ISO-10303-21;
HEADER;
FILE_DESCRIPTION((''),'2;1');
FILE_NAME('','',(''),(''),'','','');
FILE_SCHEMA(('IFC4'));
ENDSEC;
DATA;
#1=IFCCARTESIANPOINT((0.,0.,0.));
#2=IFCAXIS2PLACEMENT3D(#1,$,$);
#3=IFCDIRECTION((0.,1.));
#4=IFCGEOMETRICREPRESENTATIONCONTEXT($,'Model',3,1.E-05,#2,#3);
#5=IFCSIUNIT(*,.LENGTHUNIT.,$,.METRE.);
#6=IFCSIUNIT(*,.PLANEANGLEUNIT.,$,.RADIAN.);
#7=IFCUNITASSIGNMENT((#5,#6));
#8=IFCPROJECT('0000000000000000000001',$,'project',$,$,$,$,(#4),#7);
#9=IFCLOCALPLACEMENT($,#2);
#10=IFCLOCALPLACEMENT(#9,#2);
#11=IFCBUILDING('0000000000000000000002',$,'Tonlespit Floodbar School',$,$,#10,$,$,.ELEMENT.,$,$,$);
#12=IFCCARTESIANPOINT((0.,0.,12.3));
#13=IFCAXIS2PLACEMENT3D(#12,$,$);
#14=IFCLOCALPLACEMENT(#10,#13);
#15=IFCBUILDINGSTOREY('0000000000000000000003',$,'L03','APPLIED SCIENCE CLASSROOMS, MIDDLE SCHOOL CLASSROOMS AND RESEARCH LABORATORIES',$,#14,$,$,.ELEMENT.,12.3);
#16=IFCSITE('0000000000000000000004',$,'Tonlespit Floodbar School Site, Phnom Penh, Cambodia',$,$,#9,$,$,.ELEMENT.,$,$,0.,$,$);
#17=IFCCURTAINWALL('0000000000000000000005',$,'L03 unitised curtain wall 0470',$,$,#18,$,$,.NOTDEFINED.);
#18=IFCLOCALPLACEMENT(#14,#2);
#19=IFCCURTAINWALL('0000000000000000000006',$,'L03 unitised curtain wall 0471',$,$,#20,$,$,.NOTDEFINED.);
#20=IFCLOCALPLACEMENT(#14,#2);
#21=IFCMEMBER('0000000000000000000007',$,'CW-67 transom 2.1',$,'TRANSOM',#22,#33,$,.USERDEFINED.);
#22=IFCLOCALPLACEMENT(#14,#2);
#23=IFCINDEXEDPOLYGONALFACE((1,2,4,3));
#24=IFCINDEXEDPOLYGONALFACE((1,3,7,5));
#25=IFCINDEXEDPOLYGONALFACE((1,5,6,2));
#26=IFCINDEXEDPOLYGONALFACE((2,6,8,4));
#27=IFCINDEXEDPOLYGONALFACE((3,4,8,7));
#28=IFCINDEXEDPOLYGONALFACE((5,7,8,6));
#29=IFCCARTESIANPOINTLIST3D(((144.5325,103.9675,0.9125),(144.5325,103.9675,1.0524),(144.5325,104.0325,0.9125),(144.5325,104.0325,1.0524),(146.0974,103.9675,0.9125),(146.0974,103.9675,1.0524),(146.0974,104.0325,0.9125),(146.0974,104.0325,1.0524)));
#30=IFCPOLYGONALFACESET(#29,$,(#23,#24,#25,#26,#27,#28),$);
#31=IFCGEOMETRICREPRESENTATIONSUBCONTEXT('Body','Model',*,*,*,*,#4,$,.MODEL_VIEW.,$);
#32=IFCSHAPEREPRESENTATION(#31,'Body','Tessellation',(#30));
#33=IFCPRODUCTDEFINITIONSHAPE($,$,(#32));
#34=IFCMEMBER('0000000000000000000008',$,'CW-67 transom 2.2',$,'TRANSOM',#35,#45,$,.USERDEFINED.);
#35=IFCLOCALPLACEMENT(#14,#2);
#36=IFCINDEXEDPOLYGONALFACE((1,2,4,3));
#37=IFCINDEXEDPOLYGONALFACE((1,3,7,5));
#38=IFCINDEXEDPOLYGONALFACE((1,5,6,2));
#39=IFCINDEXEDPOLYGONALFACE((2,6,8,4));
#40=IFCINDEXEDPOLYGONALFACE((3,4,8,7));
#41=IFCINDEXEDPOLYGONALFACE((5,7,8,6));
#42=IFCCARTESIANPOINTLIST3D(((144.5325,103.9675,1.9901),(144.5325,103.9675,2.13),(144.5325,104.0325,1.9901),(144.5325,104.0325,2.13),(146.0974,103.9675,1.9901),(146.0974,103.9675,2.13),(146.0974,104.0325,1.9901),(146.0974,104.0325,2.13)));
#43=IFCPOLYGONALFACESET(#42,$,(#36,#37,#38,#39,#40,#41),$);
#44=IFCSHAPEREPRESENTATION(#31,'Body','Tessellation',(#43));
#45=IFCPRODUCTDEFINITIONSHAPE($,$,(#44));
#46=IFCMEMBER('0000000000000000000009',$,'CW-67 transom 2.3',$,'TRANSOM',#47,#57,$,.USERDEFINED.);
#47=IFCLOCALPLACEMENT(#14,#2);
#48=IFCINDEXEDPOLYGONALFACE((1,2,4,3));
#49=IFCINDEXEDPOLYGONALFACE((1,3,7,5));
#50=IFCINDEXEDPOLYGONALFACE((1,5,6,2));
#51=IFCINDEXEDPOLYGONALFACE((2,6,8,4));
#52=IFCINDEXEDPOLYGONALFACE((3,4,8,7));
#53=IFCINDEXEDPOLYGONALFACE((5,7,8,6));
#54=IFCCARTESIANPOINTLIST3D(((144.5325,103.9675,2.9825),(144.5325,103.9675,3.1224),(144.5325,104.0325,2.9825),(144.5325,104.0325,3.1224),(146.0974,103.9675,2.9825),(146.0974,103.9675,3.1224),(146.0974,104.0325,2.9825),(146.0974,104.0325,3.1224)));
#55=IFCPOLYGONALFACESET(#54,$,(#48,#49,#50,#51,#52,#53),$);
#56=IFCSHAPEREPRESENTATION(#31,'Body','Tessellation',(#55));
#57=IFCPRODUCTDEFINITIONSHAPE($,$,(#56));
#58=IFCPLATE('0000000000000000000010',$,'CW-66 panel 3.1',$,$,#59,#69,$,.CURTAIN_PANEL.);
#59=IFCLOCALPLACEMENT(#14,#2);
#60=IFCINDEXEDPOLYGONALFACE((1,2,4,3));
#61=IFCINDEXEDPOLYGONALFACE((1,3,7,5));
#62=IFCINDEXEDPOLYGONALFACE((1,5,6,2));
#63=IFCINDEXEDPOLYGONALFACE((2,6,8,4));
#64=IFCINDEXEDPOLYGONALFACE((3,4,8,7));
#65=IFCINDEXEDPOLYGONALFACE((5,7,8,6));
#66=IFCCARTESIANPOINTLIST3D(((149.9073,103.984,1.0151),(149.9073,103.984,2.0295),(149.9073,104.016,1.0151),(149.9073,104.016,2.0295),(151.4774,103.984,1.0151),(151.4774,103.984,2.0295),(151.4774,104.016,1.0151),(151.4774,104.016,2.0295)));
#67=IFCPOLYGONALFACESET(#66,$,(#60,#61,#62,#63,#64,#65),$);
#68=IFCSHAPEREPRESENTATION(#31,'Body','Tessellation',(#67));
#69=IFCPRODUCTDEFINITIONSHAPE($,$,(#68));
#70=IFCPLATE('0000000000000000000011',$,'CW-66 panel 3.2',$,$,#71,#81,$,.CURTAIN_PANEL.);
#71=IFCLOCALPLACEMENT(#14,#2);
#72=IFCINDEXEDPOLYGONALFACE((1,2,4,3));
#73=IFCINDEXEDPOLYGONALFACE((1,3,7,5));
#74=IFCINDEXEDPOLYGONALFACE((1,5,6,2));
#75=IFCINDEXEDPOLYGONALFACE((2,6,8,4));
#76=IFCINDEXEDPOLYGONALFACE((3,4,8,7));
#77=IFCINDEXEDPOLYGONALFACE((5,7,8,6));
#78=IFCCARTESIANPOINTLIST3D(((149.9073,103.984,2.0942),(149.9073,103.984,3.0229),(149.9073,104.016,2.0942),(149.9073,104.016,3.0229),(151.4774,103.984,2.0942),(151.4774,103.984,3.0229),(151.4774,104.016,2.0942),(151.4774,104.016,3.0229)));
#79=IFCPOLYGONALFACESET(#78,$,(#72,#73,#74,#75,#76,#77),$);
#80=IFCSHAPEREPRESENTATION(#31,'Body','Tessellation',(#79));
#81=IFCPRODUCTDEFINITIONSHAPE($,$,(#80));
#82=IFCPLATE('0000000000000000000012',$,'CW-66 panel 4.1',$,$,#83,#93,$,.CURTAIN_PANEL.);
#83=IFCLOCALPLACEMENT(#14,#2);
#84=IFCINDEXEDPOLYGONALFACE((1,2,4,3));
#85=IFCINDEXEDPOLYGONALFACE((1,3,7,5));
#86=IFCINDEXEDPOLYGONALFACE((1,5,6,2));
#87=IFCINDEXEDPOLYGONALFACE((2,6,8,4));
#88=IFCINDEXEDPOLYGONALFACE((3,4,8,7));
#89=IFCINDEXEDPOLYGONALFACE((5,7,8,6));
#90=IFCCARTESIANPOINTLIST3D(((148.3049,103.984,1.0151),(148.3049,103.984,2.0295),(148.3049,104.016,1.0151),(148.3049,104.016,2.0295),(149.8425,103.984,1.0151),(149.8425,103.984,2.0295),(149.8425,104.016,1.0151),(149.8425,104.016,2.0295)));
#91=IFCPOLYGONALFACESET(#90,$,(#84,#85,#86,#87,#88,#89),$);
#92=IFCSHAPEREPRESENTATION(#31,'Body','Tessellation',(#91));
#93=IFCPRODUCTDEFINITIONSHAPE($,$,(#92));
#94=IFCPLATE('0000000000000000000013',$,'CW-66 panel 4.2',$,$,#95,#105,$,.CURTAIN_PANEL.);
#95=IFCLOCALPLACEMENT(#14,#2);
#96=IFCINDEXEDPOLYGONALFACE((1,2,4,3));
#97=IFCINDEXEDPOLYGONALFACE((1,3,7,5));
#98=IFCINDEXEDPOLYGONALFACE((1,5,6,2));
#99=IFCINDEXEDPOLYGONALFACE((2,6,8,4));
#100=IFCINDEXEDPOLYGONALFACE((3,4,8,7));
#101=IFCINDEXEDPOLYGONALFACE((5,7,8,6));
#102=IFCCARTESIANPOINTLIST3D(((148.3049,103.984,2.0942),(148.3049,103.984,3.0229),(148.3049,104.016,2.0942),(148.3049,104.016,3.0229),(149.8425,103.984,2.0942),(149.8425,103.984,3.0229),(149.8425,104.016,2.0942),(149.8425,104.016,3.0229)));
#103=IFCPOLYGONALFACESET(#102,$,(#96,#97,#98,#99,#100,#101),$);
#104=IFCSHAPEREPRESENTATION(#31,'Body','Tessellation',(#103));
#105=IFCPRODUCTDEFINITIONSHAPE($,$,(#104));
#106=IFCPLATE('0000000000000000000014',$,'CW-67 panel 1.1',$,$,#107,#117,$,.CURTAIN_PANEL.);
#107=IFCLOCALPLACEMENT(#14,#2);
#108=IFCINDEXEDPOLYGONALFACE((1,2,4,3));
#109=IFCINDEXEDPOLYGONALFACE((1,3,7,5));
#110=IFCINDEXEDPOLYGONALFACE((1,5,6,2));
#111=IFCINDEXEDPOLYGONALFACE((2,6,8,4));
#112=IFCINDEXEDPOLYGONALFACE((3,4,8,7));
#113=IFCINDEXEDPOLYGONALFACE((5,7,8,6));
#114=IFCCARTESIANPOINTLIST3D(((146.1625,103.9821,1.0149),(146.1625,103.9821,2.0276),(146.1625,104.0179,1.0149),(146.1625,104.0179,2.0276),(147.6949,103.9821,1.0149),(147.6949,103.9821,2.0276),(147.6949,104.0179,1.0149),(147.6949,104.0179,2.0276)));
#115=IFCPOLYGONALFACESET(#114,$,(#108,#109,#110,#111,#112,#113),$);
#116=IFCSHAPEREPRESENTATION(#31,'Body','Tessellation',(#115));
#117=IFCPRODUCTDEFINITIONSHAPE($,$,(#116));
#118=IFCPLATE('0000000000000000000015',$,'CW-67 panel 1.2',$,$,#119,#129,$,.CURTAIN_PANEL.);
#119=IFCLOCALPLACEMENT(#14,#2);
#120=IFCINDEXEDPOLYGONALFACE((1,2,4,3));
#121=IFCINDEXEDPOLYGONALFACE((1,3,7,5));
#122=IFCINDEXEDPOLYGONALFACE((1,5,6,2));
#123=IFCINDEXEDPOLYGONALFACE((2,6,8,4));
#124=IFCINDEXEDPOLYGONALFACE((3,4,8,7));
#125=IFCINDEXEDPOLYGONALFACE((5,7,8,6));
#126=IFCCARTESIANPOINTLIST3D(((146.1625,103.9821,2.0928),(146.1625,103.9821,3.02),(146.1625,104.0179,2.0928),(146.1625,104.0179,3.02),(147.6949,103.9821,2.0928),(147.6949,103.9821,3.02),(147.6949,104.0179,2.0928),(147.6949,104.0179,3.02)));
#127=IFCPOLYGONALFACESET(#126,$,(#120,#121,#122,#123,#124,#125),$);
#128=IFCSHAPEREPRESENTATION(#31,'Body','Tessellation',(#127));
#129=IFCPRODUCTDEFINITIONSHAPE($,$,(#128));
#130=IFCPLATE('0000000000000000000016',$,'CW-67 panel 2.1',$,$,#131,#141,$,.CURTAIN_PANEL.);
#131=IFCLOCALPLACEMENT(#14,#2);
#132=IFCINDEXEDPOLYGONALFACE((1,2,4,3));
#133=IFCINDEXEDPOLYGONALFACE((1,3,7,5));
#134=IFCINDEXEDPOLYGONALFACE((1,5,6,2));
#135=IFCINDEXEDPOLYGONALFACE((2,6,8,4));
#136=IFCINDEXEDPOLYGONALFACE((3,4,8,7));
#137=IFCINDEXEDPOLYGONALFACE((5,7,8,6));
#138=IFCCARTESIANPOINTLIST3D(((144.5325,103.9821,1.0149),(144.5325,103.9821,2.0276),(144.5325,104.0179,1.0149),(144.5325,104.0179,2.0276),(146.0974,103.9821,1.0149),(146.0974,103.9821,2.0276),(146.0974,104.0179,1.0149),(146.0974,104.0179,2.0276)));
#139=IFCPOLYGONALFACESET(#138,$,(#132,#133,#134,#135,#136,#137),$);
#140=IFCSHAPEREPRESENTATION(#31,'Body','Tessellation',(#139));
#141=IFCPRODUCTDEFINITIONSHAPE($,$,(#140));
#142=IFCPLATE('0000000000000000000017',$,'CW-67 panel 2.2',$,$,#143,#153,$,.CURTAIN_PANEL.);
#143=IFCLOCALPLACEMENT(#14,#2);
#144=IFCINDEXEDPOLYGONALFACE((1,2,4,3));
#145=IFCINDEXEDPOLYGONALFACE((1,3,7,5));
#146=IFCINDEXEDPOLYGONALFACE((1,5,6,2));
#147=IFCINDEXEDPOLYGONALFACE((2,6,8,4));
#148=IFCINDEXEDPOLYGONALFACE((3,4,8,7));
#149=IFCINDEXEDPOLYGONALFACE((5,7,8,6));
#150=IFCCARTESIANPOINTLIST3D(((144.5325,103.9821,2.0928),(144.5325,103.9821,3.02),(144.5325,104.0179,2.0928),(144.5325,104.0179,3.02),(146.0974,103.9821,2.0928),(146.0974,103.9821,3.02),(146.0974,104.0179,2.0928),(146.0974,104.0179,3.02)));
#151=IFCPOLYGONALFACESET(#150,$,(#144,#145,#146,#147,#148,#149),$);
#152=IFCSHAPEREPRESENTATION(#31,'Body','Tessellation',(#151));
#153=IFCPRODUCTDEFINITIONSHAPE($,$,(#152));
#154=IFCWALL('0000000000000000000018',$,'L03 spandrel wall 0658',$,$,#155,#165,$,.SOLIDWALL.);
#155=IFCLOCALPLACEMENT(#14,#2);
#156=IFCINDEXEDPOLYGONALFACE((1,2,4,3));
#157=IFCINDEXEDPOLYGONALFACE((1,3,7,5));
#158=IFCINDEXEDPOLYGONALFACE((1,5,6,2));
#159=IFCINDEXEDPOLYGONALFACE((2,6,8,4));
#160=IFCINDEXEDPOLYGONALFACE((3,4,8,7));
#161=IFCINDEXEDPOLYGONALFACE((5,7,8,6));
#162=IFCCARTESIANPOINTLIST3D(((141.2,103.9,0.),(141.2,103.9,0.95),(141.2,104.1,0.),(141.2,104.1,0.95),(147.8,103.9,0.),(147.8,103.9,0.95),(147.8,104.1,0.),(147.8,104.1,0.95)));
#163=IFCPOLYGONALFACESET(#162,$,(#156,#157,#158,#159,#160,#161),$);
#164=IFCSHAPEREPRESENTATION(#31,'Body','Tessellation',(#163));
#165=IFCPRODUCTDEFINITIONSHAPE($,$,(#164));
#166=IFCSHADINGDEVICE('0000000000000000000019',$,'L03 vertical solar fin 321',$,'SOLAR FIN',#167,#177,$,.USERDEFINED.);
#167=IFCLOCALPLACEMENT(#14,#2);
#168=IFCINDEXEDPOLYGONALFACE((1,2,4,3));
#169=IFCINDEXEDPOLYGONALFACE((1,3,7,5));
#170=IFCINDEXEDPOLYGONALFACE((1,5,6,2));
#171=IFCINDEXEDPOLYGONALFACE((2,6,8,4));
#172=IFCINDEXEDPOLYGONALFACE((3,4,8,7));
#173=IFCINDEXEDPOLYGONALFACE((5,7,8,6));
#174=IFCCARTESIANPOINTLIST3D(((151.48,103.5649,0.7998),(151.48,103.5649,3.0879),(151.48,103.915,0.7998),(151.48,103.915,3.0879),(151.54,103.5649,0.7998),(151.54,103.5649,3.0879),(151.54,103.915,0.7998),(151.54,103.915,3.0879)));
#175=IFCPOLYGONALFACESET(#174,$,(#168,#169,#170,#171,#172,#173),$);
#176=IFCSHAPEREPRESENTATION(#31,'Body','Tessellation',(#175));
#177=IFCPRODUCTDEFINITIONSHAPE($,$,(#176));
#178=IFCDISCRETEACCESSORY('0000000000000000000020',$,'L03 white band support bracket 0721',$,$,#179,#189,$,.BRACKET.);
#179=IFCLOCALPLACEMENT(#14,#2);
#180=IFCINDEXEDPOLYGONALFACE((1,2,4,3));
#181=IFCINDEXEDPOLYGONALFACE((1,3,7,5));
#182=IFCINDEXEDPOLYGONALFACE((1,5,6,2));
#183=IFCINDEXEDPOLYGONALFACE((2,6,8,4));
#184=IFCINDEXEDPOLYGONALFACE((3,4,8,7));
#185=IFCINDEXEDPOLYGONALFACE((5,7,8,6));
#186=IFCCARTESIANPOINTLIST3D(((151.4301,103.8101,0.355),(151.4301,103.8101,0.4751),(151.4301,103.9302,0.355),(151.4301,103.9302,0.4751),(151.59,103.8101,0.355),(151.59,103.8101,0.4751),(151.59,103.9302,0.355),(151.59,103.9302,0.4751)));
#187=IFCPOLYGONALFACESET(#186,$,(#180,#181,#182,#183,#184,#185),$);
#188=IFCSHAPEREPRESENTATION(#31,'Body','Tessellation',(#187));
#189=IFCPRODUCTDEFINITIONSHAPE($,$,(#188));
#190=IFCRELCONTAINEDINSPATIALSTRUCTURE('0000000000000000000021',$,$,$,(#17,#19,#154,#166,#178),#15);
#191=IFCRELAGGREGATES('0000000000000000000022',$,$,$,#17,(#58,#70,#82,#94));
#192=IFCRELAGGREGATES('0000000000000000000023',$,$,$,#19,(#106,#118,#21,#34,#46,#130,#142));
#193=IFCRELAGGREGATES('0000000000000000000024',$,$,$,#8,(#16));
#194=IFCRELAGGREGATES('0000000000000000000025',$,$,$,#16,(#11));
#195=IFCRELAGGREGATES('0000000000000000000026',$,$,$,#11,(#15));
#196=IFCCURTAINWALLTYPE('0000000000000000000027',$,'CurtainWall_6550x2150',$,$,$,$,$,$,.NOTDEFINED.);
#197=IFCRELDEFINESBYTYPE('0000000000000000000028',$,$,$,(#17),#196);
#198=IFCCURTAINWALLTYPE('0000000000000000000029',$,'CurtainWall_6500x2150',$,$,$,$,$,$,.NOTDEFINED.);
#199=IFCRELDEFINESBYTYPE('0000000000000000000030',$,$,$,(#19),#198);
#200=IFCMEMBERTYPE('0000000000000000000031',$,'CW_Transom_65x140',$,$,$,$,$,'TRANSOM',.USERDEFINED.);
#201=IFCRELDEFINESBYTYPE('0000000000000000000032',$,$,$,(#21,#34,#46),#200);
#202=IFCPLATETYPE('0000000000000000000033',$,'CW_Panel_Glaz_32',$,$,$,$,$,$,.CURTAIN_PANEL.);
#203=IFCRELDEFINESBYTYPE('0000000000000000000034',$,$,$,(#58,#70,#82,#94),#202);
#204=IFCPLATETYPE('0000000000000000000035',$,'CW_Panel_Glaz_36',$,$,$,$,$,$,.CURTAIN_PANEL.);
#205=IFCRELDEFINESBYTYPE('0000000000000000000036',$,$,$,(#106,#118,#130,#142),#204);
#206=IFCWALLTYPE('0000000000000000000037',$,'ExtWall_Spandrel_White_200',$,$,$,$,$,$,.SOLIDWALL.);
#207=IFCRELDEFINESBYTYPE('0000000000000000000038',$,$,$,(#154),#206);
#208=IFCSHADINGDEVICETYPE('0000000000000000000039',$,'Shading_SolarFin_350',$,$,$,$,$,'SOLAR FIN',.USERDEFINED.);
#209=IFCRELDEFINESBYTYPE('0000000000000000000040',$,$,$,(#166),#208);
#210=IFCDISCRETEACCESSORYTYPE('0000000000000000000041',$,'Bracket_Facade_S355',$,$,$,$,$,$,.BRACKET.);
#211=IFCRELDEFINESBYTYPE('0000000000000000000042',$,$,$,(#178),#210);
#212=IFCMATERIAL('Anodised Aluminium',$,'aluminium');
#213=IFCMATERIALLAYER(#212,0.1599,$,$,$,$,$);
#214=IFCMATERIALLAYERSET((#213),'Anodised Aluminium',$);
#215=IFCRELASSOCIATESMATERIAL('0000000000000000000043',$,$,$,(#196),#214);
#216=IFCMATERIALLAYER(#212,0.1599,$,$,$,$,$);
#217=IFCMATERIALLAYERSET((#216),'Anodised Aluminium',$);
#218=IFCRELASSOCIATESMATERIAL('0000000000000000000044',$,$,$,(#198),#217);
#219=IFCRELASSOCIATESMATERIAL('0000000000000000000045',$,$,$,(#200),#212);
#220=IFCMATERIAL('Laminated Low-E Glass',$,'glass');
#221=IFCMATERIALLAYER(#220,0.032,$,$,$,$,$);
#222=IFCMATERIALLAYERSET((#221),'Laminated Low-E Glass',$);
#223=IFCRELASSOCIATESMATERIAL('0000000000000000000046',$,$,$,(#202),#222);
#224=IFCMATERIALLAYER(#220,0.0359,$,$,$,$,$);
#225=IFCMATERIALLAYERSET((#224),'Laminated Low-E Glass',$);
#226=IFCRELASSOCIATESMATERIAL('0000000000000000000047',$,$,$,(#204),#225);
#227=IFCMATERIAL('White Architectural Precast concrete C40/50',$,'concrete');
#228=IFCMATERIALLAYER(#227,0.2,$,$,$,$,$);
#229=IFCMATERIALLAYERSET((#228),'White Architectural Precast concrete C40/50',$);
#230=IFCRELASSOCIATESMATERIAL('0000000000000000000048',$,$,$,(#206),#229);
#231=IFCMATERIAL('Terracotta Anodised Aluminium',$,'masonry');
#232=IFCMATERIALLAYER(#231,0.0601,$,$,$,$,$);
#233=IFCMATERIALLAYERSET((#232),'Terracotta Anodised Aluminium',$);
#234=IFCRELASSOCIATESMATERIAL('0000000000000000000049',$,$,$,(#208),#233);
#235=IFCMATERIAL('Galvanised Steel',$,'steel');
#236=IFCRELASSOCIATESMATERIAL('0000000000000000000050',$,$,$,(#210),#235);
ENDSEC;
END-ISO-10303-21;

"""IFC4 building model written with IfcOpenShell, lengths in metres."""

from ifc_helpers import new_model, si_unit, direction, frame, frame_2d, origin, origin_2d, place, context, subcontext, project, spatial, rectangle, extrude, material, layer, layer_set, material_profile, profile_set, type_object, element, aggregate, save


model = new_model("IFC4")

# Units and contexts
model_context = context("Model", 3, precision=1e-05, world=origin(), true_north=direction((0.0, 1.0)))
body_context = subcontext(model_context, "Body", "Model", "MODEL_VIEW")
ifc_project = project(units=[si_unit("LENGTHUNIT", "METRE"), si_unit("PLANEANGLEUNIT", "RADIAN")], contexts=[model_context])

# Site, building, storey
site_placement = place(None, origin())
site = spatial("IfcSite", under=ifc_project, at=site_placement, Name="Tonlespit Floodbar School Site, Phnom Penh, Cambodia", CompositionType="ELEMENT", RefElevation=0.0)
building_placement = place(site_placement, origin())
building = spatial("IfcBuilding", under=site, at=building_placement, Name="Tonlespit Floodbar School", CompositionType="ELEMENT")
storey_placement = place(building_placement, frame((0.0, 0.0, 12.3)))
storey = spatial("IfcBuildingStorey", under=building, at=storey_placement, Name="L03", Description="APPLIED SCIENCE CLASSROOMS, MIDDLE SCHOOL CLASSROOMS AND RESEARCH LABORATORIES", CompositionType="ELEMENT", Elevation=12.3)

# Curtain walls
ifc_material_1 = material(Name="Anodised Aluminium", Category="aluminium")
ifc_layer_1 = layer(ifc_material_1, 0.1599)
ifc_layer_set_1 = layer_set([ifc_layer_1], Name="Anodised Aluminium")
curtain_wall_type_1 = type_object("IfcCurtainWallType", Name="CurtainWall_6550x2150", PredefinedType="NOTDEFINED", material=ifc_layer_set_1)
curtain_wall_1_placement = place(storey_placement, origin())
curtain_wall_1 = element("IfcCurtainWall", 1, at=curtain_wall_1_placement, inside=storey, type_object=curtain_wall_type_1, Name="L03 unitised curtain wall 0470", PredefinedType="NOTDEFINED")
ifc_layer_2 = layer(ifc_material_1, 0.1599)
ifc_layer_set_2 = layer_set([ifc_layer_2], Name="Anodised Aluminium")
curtain_wall_type_2 = type_object("IfcCurtainWallType", Name="CurtainWall_6500x2150", PredefinedType="NOTDEFINED", material=ifc_layer_set_2)
curtain_wall_2_placement = place(storey_placement, origin())
curtain_wall_2 = element("IfcCurtainWall", 2, at=curtain_wall_2_placement, inside=storey, type_object=curtain_wall_type_2, Name="L03 unitised curtain wall 0471", PredefinedType="NOTDEFINED")

# Members
ifc_material_profile_1 = material_profile(ifc_material_1, rectangle(XDim=0.0649, YDim=0.1399, at=origin_2d()), Name="ALU T65x140")
ifc_profile_set_1 = profile_set([ifc_material_profile_1], Name="Anodised Aluminium")
member_type_1 = type_object("IfcMemberType", Name="CW_Transom_65x140", ElementType="TRANSOM", PredefinedType="USERDEFINED", material=ifc_profile_set_1)
member_1_placement = place(storey_placement, frame((146.0974, 104.0, 0.9824), z_axis=(-1.0, 0.0, 0.0), x_axis=(0.0, -1.0, 0.0)))
member_1 = element("IfcMember", 3, at=member_1_placement, type_object=member_type_1, Name="CW-67 transom 2.1", ObjectType="TRANSOM", PredefinedType="USERDEFINED", context=body_context, shape_type="SweptSolid", body=[
    extrude(rectangle(XDim=0.0649, YDim=0.1399, at=origin_2d()), origin(), (0.0, 0.0, 1.0), 1.5649),
])
member_2_placement = place(storey_placement, frame((146.0974, 104.0, 2.0601), z_axis=(-1.0, 0.0, 0.0), x_axis=(0.0, -1.0, 0.0)))
member_2 = element("IfcMember", 4, at=member_2_placement, type_object=member_type_1, Name="CW-67 transom 2.2", ObjectType="TRANSOM", PredefinedType="USERDEFINED", context=body_context, shape_type="SweptSolid", body=[
    extrude(rectangle(XDim=0.0649, YDim=0.1399, at=origin_2d()), origin(), (0.0, 0.0, 1.0), 1.5649),
])
member_3_placement = place(storey_placement, frame((146.0974, 104.0, 3.0525), z_axis=(-1.0, 0.0, 0.0), x_axis=(0.0, -1.0, 0.0)))
member_3 = element("IfcMember", 5, at=member_3_placement, type_object=member_type_1, Name="CW-67 transom 2.3", ObjectType="TRANSOM", PredefinedType="USERDEFINED", context=body_context, shape_type="SweptSolid", body=[
    extrude(rectangle(XDim=0.0649, YDim=0.1399, at=origin_2d()), origin(), (0.0, 0.0, 1.0), 1.5649),
])

# Plates
ifc_material_2 = material(Name="Laminated Low-E Glass", Category="glass")
ifc_layer_3 = layer(ifc_material_2, 0.032)
ifc_layer_set_3 = layer_set([ifc_layer_3], Name="Laminated Low-E Glass")
plate_type_1 = type_object("IfcPlateType", Name="CW_Panel_Glaz_32", PredefinedType="CURTAIN_PANEL", material=ifc_layer_set_3)
plate_1_placement = place(storey_placement, frame((150.6924, 104.0, 1.0151), z_axis=(0.0, 0.0, 1.0), x_axis=(-1.0, 0.0, 0.0)))
plate_1 = element("IfcPlate", 6, at=plate_1_placement, type_object=plate_type_1, Name="CW-66 panel 3.1", PredefinedType="CURTAIN_PANEL", context=body_context, shape_type="SweptSolid", body=[
    extrude(rectangle(XDim=1.5701, YDim=0.032, at=origin_2d()), origin(), (0.0, 0.0, 1.0), 1.0144),
])
plate_2_placement = place(storey_placement, frame((150.6924, 104.0, 2.0942), z_axis=(0.0, 0.0, 1.0), x_axis=(-1.0, 0.0, 0.0)))
plate_2 = element("IfcPlate", 7, at=plate_2_placement, type_object=plate_type_1, Name="CW-66 panel 3.2", PredefinedType="CURTAIN_PANEL", context=body_context, shape_type="SweptSolid", body=[
    extrude(rectangle(XDim=1.5701, YDim=0.032, at=origin_2d()), origin(), (0.0, 0.0, 1.0), 0.9287),
])
plate_3_placement = place(storey_placement, frame((149.0737, 104.0, 1.0151), z_axis=(0.0, 0.0, 1.0), x_axis=(-1.0, 0.0, 0.0)))
plate_3 = element("IfcPlate", 8, at=plate_3_placement, type_object=plate_type_1, Name="CW-66 panel 4.1", PredefinedType="CURTAIN_PANEL", context=body_context, shape_type="SweptSolid", body=[
    extrude(rectangle(XDim=1.5376, YDim=0.032, at=origin_2d()), origin(), (0.0, 0.0, 1.0), 1.0144),
])
plate_4_placement = place(storey_placement, frame((149.0737, 104.0, 2.0942), z_axis=(0.0, 0.0, 1.0), x_axis=(-1.0, 0.0, 0.0)))
plate_4 = element("IfcPlate", 9, at=plate_4_placement, type_object=plate_type_1, Name="CW-66 panel 4.2", PredefinedType="CURTAIN_PANEL", context=body_context, shape_type="SweptSolid", body=[
    extrude(rectangle(XDim=1.5376, YDim=0.032, at=origin_2d()), origin(), (0.0, 0.0, 1.0), 0.9287),
])
aggregate(curtain_wall_1, [plate_1, plate_2, plate_3, plate_4])
ifc_layer_4 = layer(ifc_material_2, 0.0359)
ifc_layer_set_4 = layer_set([ifc_layer_4], Name="Laminated Low-E Glass")
plate_type_2 = type_object("IfcPlateType", Name="CW_Panel_Glaz_36", PredefinedType="CURTAIN_PANEL", material=ifc_layer_set_4)
plate_5_placement = place(storey_placement, frame((146.9287, 104.0, 1.0149), z_axis=(0.0, 0.0, 1.0), x_axis=(-1.0, 0.0, 0.0)))
plate_5 = element("IfcPlate", 10, at=plate_5_placement, type_object=plate_type_2, Name="CW-67 panel 1.1", PredefinedType="CURTAIN_PANEL", context=body_context, shape_type="SweptSolid", body=[
    extrude(rectangle(XDim=1.5325, YDim=0.0359, at=origin_2d()), origin(), (0.0, 0.0, 1.0), 1.0127),
])
plate_6_placement = place(storey_placement, frame((146.9287, 104.0, 2.0928), z_axis=(0.0, 0.0, 1.0), x_axis=(-1.0, 0.0, 0.0)))
plate_6 = element("IfcPlate", 11, at=plate_6_placement, type_object=plate_type_2, Name="CW-67 panel 1.2", PredefinedType="CURTAIN_PANEL", context=body_context, shape_type="SweptSolid", body=[
    extrude(rectangle(XDim=1.5325, YDim=0.0359, at=origin_2d()), origin(), (0.0, 0.0, 1.0), 0.9272),
])
plate_7_placement = place(storey_placement, frame((145.3149, 104.0, 1.0149), z_axis=(0.0, 0.0, 1.0), x_axis=(-1.0, 0.0, 0.0)))
plate_7 = element("IfcPlate", 12, at=plate_7_placement, type_object=plate_type_2, Name="CW-67 panel 2.1", PredefinedType="CURTAIN_PANEL", context=body_context, shape_type="SweptSolid", body=[
    extrude(rectangle(XDim=1.5649, YDim=0.0359, at=origin_2d()), origin(), (0.0, 0.0, 1.0), 1.0127),
])
plate_8_placement = place(storey_placement, frame((145.3149, 104.0, 2.0928), z_axis=(0.0, 0.0, 1.0), x_axis=(-1.0, 0.0, 0.0)))
plate_8 = element("IfcPlate", 13, at=plate_8_placement, type_object=plate_type_2, Name="CW-67 panel 2.2", PredefinedType="CURTAIN_PANEL", context=body_context, shape_type="SweptSolid", body=[
    extrude(rectangle(XDim=1.5649, YDim=0.0359, at=origin_2d()), origin(), (0.0, 0.0, 1.0), 0.9272),
])
aggregate(curtain_wall_2, [plate_5, plate_6, member_1, member_2, member_3, plate_7, plate_8])

# Wall
ifc_material_3 = material(Name="White Architectural Precast concrete C40/50", Category="concrete")
ifc_layer_5 = layer(ifc_material_3, 0.2)
ifc_layer_set_5 = layer_set([ifc_layer_5], Name="White Architectural Precast concrete C40/50")
wall_type = type_object("IfcWallType", Name="ExtWall_Spandrel_White_200", PredefinedType="SOLIDWALL", material=ifc_layer_set_5)
wall_placement = place(storey_placement, frame((147.8, 104.0, 0.0), z_axis=(0.0, 0.0, 1.0), x_axis=(-1.0, 0.0, 0.0)))
element("IfcWall", 14, at=wall_placement, inside=storey, type_object=wall_type, Name="L03 spandrel wall 0658", PredefinedType="SOLIDWALL", context=body_context, shape_type="SweptSolid", body=[
    extrude(rectangle(XDim=6.6001, YDim=0.2, at=frame_2d((3.3, 0.0))), origin(), (0.0, 0.0, 1.0), 0.95),
])

# Shared definitions
ifc_material_4 = material(Name="Galvanised Steel", Category="steel")

# Shading device
ifc_material_5 = material(Name="Terracotta Anodised Aluminium", Category="masonry")
ifc_layer_6 = layer(ifc_material_5, 0.0601)
ifc_layer_set_6 = layer_set([ifc_layer_6], Name="Terracotta Anodised Aluminium")
shading_device_type = type_object("IfcShadingDeviceType", Name="Shading_SolarFin_350", ElementType="SOLAR FIN", PredefinedType="USERDEFINED", material=ifc_layer_set_6)
shading_device_placement = place(storey_placement, frame((151.51, 103.74, 0.7998), z_axis=(0.0, 0.0, 1.0), x_axis=(-1.0, 0.0, 0.0)))
element("IfcShadingDevice", 15, at=shading_device_placement, inside=storey, type_object=shading_device_type, Name="L03 vertical solar fin 321", ObjectType="SOLAR FIN", PredefinedType="USERDEFINED", context=body_context, shape_type="SweptSolid", body=[
    extrude(rectangle(XDim=0.0601, YDim=0.3501, at=origin_2d()), origin(), (0.0, 0.0, 1.0), 2.2881),
])

# Discrete accessory
discrete_accessory_type = type_object("IfcDiscreteAccessoryType", Name="Bracket_Facade_S355", PredefinedType="BRACKET", material=ifc_material_4)
discrete_accessory_1_placement = place(storey_placement, frame((151.51, 103.8701, 0.355), z_axis=(0.0, 0.0, 1.0), x_axis=(-1.0, 0.0, 0.0)))
element("IfcDiscreteAccessory", 16, at=discrete_accessory_1_placement, inside=storey, type_object=discrete_accessory_type, Name="L03 white band support bracket 0721", PredefinedType="BRACKET", context=body_context, shape_type="SweptSolid", body=[
    extrude(rectangle(XDim=0.1599, YDim=0.1201, at=origin_2d()), origin(), (0.0, 0.0, 1.0), 0.1201),
])

save(model, "model.ifc")
